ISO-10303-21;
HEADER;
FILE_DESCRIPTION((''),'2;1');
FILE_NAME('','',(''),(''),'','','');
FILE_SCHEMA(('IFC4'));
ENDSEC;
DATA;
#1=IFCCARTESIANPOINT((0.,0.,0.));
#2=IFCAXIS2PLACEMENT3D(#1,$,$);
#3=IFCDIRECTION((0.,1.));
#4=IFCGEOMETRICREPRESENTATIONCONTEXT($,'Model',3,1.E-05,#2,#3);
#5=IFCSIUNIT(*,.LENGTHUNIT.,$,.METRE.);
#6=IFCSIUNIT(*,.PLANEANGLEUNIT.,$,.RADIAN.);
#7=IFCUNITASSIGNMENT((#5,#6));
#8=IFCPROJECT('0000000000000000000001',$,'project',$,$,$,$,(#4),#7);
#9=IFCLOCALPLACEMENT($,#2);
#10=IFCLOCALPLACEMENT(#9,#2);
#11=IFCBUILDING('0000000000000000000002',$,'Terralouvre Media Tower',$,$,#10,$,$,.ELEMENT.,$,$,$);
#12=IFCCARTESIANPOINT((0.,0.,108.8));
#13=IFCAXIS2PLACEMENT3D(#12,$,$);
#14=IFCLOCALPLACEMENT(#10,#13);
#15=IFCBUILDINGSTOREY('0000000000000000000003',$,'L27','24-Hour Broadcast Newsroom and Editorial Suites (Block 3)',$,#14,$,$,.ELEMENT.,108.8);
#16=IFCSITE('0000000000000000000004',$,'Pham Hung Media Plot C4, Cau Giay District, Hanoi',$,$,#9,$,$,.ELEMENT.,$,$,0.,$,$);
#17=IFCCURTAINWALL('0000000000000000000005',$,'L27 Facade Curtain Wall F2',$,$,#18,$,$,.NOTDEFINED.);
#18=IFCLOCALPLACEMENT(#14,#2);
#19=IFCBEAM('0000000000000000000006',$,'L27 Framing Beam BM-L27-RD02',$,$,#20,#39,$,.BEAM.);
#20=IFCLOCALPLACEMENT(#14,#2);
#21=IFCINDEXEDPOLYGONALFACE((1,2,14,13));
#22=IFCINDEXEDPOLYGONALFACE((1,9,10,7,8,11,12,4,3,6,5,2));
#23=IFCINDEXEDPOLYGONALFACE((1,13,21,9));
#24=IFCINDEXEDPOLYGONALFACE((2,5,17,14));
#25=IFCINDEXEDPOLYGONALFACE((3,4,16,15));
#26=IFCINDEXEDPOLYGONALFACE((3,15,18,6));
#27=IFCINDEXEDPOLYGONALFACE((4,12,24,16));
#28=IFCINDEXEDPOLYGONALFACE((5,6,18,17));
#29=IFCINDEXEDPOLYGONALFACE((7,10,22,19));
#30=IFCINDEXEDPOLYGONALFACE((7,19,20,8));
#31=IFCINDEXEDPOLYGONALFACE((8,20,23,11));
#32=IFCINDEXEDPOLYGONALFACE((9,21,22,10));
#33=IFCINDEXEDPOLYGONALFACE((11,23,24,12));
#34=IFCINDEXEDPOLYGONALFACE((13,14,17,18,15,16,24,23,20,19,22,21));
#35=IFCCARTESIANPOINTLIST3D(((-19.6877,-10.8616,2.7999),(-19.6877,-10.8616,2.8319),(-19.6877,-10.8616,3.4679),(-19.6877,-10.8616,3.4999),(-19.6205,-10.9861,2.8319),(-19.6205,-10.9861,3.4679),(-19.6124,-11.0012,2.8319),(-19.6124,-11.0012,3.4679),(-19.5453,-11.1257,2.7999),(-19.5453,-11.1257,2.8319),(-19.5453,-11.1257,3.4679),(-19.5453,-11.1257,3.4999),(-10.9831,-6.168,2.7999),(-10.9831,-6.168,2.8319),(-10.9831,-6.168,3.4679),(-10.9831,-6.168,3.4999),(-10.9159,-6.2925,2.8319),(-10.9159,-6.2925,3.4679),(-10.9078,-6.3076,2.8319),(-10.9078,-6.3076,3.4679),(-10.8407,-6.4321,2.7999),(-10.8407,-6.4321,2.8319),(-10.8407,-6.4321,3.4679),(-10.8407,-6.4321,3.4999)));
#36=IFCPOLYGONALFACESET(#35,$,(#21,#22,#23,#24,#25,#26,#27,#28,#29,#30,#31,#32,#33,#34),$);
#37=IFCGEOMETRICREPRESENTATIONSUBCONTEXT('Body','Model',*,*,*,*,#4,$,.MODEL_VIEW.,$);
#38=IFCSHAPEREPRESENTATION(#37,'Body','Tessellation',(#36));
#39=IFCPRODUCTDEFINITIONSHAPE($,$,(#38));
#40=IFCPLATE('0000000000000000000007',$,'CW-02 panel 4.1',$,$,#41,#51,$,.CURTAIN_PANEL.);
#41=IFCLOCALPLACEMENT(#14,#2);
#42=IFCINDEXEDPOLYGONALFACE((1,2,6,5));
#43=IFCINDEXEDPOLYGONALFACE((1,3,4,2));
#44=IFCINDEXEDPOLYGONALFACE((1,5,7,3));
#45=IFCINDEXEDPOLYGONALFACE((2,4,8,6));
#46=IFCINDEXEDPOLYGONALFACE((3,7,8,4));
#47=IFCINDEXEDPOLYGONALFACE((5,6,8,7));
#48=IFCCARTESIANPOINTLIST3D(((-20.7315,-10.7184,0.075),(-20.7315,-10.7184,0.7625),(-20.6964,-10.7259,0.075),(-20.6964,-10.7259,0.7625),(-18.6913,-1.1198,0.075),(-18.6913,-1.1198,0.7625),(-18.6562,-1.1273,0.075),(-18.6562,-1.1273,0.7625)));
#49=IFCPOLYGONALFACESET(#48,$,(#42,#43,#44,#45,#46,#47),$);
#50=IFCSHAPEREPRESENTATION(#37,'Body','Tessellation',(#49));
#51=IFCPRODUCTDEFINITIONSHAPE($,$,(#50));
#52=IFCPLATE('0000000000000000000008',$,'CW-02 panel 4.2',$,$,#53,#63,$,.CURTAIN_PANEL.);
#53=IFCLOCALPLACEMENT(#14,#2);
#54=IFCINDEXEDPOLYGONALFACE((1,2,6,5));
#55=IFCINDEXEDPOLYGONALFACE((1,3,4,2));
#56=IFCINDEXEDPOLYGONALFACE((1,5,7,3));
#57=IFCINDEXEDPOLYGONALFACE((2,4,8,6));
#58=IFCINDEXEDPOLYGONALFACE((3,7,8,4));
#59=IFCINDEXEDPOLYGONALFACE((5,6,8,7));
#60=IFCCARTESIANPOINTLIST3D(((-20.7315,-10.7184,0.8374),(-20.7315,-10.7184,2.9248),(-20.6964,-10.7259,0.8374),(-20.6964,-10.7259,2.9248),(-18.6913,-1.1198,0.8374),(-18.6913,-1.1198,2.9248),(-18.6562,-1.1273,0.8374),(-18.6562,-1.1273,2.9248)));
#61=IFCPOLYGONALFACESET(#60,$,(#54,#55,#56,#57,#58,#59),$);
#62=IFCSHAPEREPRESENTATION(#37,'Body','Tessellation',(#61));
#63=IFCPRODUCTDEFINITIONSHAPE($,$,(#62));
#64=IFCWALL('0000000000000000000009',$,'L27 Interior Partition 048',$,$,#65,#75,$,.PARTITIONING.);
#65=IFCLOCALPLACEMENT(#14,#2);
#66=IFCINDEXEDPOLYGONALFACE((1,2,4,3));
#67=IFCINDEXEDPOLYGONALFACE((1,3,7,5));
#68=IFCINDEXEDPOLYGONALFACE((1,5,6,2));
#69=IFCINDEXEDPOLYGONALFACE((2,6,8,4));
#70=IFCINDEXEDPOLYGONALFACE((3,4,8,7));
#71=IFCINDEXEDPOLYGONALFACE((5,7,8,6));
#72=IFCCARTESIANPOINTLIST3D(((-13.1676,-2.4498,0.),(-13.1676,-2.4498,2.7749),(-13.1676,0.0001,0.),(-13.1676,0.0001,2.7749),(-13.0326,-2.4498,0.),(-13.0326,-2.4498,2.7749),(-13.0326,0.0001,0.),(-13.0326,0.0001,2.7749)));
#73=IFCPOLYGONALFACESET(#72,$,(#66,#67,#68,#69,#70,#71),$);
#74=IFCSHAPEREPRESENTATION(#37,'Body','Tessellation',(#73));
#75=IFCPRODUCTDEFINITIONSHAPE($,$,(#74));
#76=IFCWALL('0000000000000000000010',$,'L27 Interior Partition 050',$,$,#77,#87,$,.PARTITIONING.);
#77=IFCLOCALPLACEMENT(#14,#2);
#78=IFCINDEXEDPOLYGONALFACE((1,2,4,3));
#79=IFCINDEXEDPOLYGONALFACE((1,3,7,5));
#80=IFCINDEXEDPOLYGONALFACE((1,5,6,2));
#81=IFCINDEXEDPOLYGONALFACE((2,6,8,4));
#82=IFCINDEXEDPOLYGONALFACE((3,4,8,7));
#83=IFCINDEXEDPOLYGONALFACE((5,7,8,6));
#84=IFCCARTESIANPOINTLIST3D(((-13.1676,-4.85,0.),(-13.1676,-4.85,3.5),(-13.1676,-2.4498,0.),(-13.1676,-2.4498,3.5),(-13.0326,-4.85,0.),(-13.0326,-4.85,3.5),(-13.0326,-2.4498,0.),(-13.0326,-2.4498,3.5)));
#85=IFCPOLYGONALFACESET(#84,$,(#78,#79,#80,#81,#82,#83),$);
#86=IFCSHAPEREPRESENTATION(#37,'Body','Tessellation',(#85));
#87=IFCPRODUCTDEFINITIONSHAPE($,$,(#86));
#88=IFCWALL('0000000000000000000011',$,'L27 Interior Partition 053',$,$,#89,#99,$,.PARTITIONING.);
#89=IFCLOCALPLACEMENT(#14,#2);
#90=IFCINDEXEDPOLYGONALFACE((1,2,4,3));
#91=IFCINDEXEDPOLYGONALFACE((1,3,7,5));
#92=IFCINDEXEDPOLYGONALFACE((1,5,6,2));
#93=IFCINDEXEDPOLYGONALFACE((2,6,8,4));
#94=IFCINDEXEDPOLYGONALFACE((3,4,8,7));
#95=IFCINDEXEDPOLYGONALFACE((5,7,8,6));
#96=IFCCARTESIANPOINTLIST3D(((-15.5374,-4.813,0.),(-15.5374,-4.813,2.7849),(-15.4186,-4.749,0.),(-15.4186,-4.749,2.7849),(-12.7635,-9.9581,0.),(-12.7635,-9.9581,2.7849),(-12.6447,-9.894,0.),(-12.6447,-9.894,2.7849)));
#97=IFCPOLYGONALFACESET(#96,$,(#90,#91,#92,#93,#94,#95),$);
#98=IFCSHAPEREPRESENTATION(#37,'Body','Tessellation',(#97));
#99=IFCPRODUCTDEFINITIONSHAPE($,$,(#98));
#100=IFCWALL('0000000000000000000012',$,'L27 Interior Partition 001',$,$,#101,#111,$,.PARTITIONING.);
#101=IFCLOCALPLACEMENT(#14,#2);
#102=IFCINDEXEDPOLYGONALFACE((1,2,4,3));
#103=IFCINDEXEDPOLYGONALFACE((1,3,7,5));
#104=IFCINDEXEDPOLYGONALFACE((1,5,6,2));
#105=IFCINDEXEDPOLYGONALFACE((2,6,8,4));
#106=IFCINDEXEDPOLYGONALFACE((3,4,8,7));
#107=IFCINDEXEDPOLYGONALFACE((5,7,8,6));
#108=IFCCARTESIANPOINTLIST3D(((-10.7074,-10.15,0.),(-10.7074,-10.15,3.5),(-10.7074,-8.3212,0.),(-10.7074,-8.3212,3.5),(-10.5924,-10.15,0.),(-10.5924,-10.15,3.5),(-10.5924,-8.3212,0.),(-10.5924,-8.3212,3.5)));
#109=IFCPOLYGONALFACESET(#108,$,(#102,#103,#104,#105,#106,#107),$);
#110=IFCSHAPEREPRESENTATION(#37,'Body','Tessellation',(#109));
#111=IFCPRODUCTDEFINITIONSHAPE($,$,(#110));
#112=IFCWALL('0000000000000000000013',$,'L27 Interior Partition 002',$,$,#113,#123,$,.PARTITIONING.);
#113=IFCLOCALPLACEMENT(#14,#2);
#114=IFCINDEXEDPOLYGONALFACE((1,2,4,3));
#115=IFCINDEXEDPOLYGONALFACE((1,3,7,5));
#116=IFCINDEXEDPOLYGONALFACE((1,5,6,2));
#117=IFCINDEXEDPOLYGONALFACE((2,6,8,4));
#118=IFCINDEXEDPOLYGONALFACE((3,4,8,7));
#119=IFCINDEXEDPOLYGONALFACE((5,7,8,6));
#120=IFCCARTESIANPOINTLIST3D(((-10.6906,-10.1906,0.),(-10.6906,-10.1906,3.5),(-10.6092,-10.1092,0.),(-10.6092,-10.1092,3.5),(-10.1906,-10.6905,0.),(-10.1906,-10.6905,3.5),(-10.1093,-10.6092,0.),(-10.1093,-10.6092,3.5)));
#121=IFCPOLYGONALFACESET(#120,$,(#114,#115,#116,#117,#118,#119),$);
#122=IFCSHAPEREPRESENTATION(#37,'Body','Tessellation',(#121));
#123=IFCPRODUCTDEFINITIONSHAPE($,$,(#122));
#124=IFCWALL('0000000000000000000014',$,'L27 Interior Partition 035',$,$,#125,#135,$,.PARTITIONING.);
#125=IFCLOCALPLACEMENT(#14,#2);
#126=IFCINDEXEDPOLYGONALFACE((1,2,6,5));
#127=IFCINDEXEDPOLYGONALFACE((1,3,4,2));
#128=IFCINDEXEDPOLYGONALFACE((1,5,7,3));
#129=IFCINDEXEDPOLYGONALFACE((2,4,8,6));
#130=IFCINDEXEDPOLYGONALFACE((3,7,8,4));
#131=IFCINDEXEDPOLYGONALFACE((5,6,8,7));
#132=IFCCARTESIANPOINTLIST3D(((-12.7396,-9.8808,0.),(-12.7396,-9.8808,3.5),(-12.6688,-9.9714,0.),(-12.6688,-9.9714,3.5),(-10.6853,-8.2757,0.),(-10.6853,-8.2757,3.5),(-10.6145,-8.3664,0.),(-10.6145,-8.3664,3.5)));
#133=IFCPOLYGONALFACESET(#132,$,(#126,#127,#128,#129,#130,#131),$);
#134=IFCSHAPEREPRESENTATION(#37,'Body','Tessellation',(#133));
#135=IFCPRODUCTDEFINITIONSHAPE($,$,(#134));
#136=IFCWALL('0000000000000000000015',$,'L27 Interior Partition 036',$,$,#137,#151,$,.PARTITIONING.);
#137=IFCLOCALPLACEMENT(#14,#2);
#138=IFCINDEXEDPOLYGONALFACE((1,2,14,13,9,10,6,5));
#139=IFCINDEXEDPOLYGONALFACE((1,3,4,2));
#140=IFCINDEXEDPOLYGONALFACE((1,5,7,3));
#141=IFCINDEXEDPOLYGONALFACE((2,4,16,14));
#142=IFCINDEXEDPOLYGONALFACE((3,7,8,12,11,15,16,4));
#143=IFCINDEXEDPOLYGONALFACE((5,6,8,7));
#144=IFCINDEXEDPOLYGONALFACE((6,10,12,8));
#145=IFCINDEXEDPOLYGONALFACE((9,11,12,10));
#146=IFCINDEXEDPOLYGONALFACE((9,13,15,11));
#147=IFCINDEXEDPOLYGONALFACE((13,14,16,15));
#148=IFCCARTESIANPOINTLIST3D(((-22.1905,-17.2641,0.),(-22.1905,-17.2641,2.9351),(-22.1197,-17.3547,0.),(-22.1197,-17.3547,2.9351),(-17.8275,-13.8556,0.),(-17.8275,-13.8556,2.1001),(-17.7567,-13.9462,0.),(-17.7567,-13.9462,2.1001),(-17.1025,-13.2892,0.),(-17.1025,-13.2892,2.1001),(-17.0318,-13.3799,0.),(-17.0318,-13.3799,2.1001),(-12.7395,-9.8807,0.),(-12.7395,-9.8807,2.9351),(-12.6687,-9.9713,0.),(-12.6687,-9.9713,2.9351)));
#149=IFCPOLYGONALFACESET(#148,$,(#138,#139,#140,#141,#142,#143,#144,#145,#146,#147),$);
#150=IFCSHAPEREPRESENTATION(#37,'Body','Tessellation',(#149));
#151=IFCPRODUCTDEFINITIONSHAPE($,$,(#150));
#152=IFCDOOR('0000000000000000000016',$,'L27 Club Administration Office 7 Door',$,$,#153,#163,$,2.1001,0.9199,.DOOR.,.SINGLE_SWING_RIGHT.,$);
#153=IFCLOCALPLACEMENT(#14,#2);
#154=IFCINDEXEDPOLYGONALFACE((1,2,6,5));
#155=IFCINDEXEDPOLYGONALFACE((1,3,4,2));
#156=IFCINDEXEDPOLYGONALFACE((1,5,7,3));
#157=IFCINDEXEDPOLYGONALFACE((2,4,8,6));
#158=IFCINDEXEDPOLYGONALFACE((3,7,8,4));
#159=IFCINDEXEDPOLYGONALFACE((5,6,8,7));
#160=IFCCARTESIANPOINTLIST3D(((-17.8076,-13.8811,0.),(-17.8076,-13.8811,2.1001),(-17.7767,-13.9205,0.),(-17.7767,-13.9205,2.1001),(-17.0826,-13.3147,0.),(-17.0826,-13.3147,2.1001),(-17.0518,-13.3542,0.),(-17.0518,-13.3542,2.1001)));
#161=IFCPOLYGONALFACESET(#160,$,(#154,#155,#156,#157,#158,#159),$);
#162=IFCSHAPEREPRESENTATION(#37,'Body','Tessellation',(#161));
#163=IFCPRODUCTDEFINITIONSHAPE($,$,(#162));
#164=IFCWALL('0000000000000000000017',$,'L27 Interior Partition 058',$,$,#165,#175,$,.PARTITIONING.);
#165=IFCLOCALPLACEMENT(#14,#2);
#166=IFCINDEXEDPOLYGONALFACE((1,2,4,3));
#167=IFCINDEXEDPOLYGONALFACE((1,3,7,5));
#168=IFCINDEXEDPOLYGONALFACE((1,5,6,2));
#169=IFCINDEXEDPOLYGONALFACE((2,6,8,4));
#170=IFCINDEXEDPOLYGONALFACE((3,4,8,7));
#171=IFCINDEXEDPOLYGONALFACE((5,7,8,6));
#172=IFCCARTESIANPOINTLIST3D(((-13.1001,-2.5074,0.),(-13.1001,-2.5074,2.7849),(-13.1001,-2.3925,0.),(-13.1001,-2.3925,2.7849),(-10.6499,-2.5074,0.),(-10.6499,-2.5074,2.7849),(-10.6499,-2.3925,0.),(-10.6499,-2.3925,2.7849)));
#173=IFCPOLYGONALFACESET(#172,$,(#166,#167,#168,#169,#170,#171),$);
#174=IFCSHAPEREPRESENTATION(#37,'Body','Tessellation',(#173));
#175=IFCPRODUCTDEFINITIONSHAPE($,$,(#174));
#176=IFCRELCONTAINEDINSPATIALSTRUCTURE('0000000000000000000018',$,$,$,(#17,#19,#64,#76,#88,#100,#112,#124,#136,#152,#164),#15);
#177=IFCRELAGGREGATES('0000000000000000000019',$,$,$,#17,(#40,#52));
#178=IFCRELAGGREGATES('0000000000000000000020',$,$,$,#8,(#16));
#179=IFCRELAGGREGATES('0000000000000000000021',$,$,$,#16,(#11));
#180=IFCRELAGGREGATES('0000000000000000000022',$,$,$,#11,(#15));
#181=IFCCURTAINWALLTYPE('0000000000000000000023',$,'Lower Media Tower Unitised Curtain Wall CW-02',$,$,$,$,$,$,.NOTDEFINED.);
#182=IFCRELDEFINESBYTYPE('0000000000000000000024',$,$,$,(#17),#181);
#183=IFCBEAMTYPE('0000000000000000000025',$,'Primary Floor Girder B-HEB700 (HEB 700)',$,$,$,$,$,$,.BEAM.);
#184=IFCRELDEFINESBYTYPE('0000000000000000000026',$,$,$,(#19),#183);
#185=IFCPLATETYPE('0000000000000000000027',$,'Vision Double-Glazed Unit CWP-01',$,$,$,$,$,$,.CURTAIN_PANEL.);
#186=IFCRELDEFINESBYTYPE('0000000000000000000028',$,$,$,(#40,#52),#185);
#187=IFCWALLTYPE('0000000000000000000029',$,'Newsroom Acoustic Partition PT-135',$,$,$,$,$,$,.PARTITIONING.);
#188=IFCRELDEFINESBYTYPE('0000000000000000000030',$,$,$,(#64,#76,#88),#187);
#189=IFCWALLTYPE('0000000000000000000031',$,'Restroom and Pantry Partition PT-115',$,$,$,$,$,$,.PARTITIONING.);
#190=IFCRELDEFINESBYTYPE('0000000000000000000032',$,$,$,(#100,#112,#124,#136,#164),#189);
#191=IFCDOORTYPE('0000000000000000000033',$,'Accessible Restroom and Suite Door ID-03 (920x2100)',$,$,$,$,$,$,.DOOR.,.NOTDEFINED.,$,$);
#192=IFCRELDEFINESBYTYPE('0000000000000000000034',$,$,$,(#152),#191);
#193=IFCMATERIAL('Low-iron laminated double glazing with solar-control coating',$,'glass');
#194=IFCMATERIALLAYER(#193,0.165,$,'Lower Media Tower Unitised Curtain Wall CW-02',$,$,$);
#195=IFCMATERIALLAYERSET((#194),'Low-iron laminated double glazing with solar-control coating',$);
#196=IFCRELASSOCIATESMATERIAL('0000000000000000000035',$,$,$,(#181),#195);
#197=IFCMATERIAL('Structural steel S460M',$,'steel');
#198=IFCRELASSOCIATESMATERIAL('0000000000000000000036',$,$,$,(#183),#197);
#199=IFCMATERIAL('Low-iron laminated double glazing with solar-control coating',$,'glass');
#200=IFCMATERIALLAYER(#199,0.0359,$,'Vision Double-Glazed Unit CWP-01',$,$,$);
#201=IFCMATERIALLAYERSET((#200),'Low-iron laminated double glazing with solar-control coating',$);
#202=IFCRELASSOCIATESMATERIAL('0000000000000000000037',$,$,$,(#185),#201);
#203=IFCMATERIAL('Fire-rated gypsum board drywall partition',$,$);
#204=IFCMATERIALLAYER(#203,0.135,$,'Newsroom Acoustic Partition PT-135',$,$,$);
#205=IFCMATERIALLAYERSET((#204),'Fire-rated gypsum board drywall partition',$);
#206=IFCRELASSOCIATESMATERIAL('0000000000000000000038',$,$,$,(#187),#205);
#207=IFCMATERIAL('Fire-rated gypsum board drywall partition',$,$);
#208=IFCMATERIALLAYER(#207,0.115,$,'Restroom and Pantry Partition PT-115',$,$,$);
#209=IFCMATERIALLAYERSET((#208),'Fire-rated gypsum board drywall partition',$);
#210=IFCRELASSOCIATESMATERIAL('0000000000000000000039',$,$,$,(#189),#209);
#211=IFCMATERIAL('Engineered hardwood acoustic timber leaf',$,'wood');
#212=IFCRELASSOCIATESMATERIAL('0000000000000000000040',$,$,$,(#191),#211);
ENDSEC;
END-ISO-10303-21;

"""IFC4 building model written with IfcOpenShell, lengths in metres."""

from ifc_helpers import new_model, si_unit, direction, frame, frame_2d, origin, origin_2d, place, context, subcontext, project, spatial, rectangle, i_section, extrude, material, layer, layer_set, material_profile, profile_set, type_object, element, fill, aggregate, save


model = new_model("IFC4")

# Units and contexts
model_context = context("Model", 3, precision=1e-05, world=origin(), true_north=direction((0.0, 1.0)))
body_context = subcontext(model_context, "Body", "Model", "MODEL_VIEW")
ifc_project = project(units=[si_unit("LENGTHUNIT", "METRE"), si_unit("PLANEANGLEUNIT", "RADIAN")], contexts=[model_context])

# Site, building, storey
site_placement = place(None, origin())
site = spatial("IfcSite", under=ifc_project, at=site_placement, Name="Pham Hung Media Plot C4, Cau Giay District, Hanoi", CompositionType="ELEMENT", RefElevation=0.0)
building_placement = place(site_placement, origin())
building = spatial("IfcBuilding", under=site, at=building_placement, Name="Terralouvre Media Tower", CompositionType="ELEMENT")
storey_placement = place(building_placement, frame((0.0, 0.0, 108.8)))
storey = spatial("IfcBuildingStorey", under=building, at=storey_placement, Name="L27", Description="24-Hour Broadcast Newsroom and Editorial Suites (Block 3)", CompositionType="ELEMENT", Elevation=108.8)

# Curtain wall
ifc_material_1 = material(Name="Low-iron laminated double glazing with solar-control coating", Category="glass")
ifc_layer_1 = layer(ifc_material_1, 0.165, Name="Lower Media Tower Unitised Curtain Wall CW-02")
ifc_layer_set_1 = layer_set([ifc_layer_1], Name="Low-iron laminated double glazing with solar-control coating")
curtain_wall_type = type_object("IfcCurtainWallType", Name="Lower Media Tower Unitised Curtain Wall CW-02", PredefinedType="NOTDEFINED", material=ifc_layer_set_1)
curtain_wall_placement = place(storey_placement, origin())
curtain_wall = element("IfcCurtainWall", 1, at=curtain_wall_placement, inside=storey, type_object=curtain_wall_type, Name="L27 Facade Curtain Wall F2", PredefinedType="NOTDEFINED")

# Beam
ifc_material_2 = material(Name="Structural steel S460M", Category="steel")
ifc_material_profile_1 = material_profile(ifc_material_2, i_section(OverallWidth=0.3, OverallDepth=0.7, WebThickness=0.0171, FlangeThickness=0.032, at=origin_2d()), Name="HEB 700")
ifc_profile_set_1 = profile_set([ifc_material_profile_1], Name="Structural steel S460M")
beam_type_1 = type_object("IfcBeamType", Name="Primary Floor Girder B-HEB700 (HEB 700)", PredefinedType="BEAM", material=ifc_profile_set_1)
beam_1_placement = place(storey_placement, frame((-10.9119, -6.3, 3.1499), z_axis=(-0.880196, -0.474611, 0.0), x_axis=(0.474611, -0.880196, 0.0)))
element("IfcBeam", 2, at=beam_1_placement, inside=storey, type_object=beam_type_1, Name="L27 Framing Beam BM-L27-RD02", PredefinedType="BEAM", context=body_context, shape_type="SweptSolid", body=[
    extrude(i_section(OverallWidth=0.3, OverallDepth=0.7, WebThickness=0.0171, FlangeThickness=0.032, at=origin_2d()), origin(), (0.0, 0.0, 1.0), 9.8894),
])

# Plates
ifc_material_3 = material(Name="Low-iron laminated double glazing with solar-control coating", Category="glass")
ifc_layer_2 = layer(ifc_material_3, 0.0359, Name="Vision Double-Glazed Unit CWP-01")
ifc_layer_set_2 = layer_set([ifc_layer_2], Name="Low-iron laminated double glazing with solar-control coating")
plate_type = type_object("IfcPlateType", Name="Vision Double-Glazed Unit CWP-01", PredefinedType="CURTAIN_PANEL", material=ifc_layer_set_2)
plate_1_placement = place(storey_placement, frame((-19.6938, -5.9229, 0.075), z_axis=(0.0, 0.0, 1.0), x_axis=(-0.207912, -0.978148, 0.0)))
plate_1 = element("IfcPlate", 3, at=plate_1_placement, type_object=plate_type, Name="CW-02 panel 4.1", PredefinedType="CURTAIN_PANEL", context=body_context, shape_type="SweptSolid", body=[
    extrude(rectangle(XDim=9.813, YDim=0.0359, at=origin_2d()), origin(), (0.0, 0.0, 1.0), 0.6875),
])
plate_2_placement = place(storey_placement, frame((-19.6938, -5.9229, 0.8374), z_axis=(0.0, 0.0, 1.0), x_axis=(-0.207912, -0.978148, 0.0)))
plate_2 = element("IfcPlate", 4, at=plate_2_placement, type_object=plate_type, Name="CW-02 panel 4.2", PredefinedType="CURTAIN_PANEL", context=body_context, shape_type="SweptSolid", body=[
    extrude(rectangle(XDim=9.813, YDim=0.0359, at=origin_2d()), origin(), (0.0, 0.0, 1.0), 2.0874),
])
aggregate(curtain_wall, [plate_1, plate_2])

# Walls
ifc_material_4 = material(Name="Fire-rated gypsum board drywall partition")
ifc_layer_3 = layer(ifc_material_4, 0.135, Name="Newsroom Acoustic Partition PT-135")
ifc_layer_set_3 = layer_set([ifc_layer_3], Name="Fire-rated gypsum board drywall partition")
wall_type_1 = type_object("IfcWallType", Name="Newsroom Acoustic Partition PT-135", PredefinedType="PARTITIONING", material=ifc_layer_set_3)
wall_1_placement = place(storey_placement, frame((-13.1001, -2.45, 0.0), z_axis=(0.0, 0.0, 1.0), x_axis=(0.0, 1.0, 0.0)))
element("IfcWall", 5, at=wall_1_placement, inside=storey, type_object=wall_type_1, Name="L27 Interior Partition 048", PredefinedType="PARTITIONING", context=body_context, shape_type="SweptSolid", body=[
    extrude(rectangle(XDim=2.45, YDim=0.135, at=frame_2d((1.2251, 0.0))), origin(), (0.0, 0.0, 1.0), 2.7749),
])
wall_2_placement = place(storey_placement, frame((-13.1001, -4.8501, 0.0), z_axis=(0.0, 0.0, 1.0), x_axis=(0.0, 1.0, 0.0)))
element("IfcWall", 6, at=wall_2_placement, inside=storey, type_object=wall_type_1, Name="L27 Interior Partition 050", PredefinedType="PARTITIONING", context=body_context, shape_type="SweptSolid", body=[
    extrude(rectangle(XDim=2.4001, YDim=0.135, at=frame_2d((1.2002, 0.0))), origin(), (0.0, 0.0, 1.0), 3.5),
])
wall_3_placement = place(storey_placement, frame((-15.478, -4.781, 0.0), z_axis=(0.0, 0.0, 1.0), x_axis=(0.474568, -0.880219, 0.0)))
element("IfcWall", 7, at=wall_3_placement, inside=storey, type_object=wall_type_1, Name="L27 Interior Partition 053", PredefinedType="PARTITIONING", context=body_context, shape_type="SweptSolid", body=[
    extrude(rectangle(XDim=5.8452, YDim=0.135, at=frame_2d((2.9226, 0.0))), origin(), (0.0, 0.0, 1.0), 2.7849),
])
ifc_material_5 = material(Name="Fire-rated gypsum board drywall partition")
ifc_layer_4 = layer(ifc_material_5, 0.115, Name="Restroom and Pantry Partition PT-115")
ifc_layer_set_4 = layer_set([ifc_layer_4], Name="Fire-rated gypsum board drywall partition")
wall_type_2 = type_object("IfcWallType", Name="Restroom and Pantry Partition PT-115", PredefinedType="PARTITIONING", material=ifc_layer_set_4)
wall_4_placement = place(storey_placement, frame((-10.6499, -8.321, 0.0), z_axis=(0.0, 0.0, 1.0), x_axis=(0.0, -1.0, 0.0)))
element("IfcWall", 8, at=wall_4_placement, inside=storey, type_object=wall_type_2, Name="L27 Interior Partition 001", PredefinedType="PARTITIONING", context=body_context, shape_type="SweptSolid", body=[
    extrude(rectangle(XDim=1.8289, YDim=0.115, at=frame_2d((0.9146, 0.0))), origin(), (0.0, 0.0, 1.0), 3.5),
])
wall_5_placement = place(storey_placement, frame((-10.6499, -10.1499, 0.0), z_axis=(0.0, 0.0, 1.0), x_axis=(0.707107, -0.707107, 0.0)))
element("IfcWall", 9, at=wall_5_placement, inside=storey, type_object=wall_type_2, Name="L27 Interior Partition 002", PredefinedType="PARTITIONING", context=body_context, shape_type="SweptSolid", body=[
    extrude(rectangle(XDim=0.707, YDim=0.115, at=frame_2d((0.3535, 0.0))), origin(), (0.0, 0.0, 1.0), 3.5),
])
wall_6_placement = place(storey_placement, frame((-10.6499, -8.321, 0.0), z_axis=(0.0, 0.0, 1.0), x_axis=(-0.787999, -0.615677, 0.0)))
element("IfcWall", 10, at=wall_6_placement, inside=storey, type_object=wall_type_2, Name="L27 Interior Partition 035", PredefinedType="PARTITIONING", context=body_context, shape_type="SweptSolid", body=[
    extrude(rectangle(XDim=2.6069, YDim=0.115, at=frame_2d((1.3035, 0.0))), origin(), (0.0, 0.0, 1.0), 3.5),
])

# Wall, opening, door
wall_7_placement = place(storey_placement, frame((-12.7041, -9.926, 0.0), z_axis=(0.0, 0.0, 1.0), x_axis=(-0.788034, -0.615632, 0.0)))
wall_7 = element("IfcWall", 11, at=wall_7_placement, inside=storey, type_object=wall_type_2, Name="L27 Interior Partition 036", PredefinedType="PARTITIONING", context=body_context, shape_type="SweptSolid", body=[
    extrude(rectangle(XDim=11.9932, YDim=0.115, at=frame_2d((5.9966, 0.0))), origin(), (0.0, 0.0, 1.0), 2.9351),
])
opening_placement = place(wall_7_placement, frame((5.5366, 0.0, 0.0)))
opening = element("IfcOpeningElement", 12, at=opening_placement, cuts=wall_7, PredefinedType="OPENING", context=body_context, shape_type="SweptSolid", body=[
    extrude(rectangle(XDim=0.9199, YDim=2.1001, at=frame_2d((0.46, 1.05))), frame((0.0, 0.0674, 0.0), z_axis=(0.0, -1.0, 0.0), x_axis=(1.0, 0.0, 0.0)), (0.0, 0.0, 1.0), 0.135),
])
ifc_material_6 = material(Name="Engineered hardwood acoustic timber leaf", Category="wood")
door_type = type_object("IfcDoorType", Name="Accessible Restroom and Suite Door ID-03 (920x2100)", OperationType="NOTDEFINED", PredefinedType="DOOR", material=ifc_material_6)
door_placement = place(opening_placement, origin())
door = element("IfcDoor", 13, at=door_placement, inside=storey, type_object=door_type, Name="L27 Club Administration Office 7 Door", OperationType="SINGLE_SWING_RIGHT", OverallHeight=2.1001, OverallWidth=0.9199, PredefinedType="DOOR", context=body_context, shape_type="SweptSolid", body=[
    extrude(rectangle(XDim=0.9199, YDim=2.1001, at=frame_2d((0.46, 1.05))), frame((0.0, 0.0249, 0.0), z_axis=(0.0, -1.0, 0.0), x_axis=(1.0, 0.0, 0.0)), (0.0, 0.0, 1.0), 0.05),
])
fill(opening, door)

# Wall
wall_8_placement = place(storey_placement, frame((-13.1001, -2.45, 0.0), z_axis=(0.0, 0.0, 1.0), x_axis=(1.0, 0.0, 0.0)))
element("IfcWall", 14, at=wall_8_placement, inside=storey, type_object=wall_type_2, Name="L27 Interior Partition 058", PredefinedType="PARTITIONING", context=body_context, shape_type="SweptSolid", body=[
    extrude(rectangle(XDim=2.4502, YDim=0.115, at=frame_2d((1.2251, 0.0))), origin(), (0.0, 0.0, 1.0), 2.7849),
])

save(model, "model.ifc")
